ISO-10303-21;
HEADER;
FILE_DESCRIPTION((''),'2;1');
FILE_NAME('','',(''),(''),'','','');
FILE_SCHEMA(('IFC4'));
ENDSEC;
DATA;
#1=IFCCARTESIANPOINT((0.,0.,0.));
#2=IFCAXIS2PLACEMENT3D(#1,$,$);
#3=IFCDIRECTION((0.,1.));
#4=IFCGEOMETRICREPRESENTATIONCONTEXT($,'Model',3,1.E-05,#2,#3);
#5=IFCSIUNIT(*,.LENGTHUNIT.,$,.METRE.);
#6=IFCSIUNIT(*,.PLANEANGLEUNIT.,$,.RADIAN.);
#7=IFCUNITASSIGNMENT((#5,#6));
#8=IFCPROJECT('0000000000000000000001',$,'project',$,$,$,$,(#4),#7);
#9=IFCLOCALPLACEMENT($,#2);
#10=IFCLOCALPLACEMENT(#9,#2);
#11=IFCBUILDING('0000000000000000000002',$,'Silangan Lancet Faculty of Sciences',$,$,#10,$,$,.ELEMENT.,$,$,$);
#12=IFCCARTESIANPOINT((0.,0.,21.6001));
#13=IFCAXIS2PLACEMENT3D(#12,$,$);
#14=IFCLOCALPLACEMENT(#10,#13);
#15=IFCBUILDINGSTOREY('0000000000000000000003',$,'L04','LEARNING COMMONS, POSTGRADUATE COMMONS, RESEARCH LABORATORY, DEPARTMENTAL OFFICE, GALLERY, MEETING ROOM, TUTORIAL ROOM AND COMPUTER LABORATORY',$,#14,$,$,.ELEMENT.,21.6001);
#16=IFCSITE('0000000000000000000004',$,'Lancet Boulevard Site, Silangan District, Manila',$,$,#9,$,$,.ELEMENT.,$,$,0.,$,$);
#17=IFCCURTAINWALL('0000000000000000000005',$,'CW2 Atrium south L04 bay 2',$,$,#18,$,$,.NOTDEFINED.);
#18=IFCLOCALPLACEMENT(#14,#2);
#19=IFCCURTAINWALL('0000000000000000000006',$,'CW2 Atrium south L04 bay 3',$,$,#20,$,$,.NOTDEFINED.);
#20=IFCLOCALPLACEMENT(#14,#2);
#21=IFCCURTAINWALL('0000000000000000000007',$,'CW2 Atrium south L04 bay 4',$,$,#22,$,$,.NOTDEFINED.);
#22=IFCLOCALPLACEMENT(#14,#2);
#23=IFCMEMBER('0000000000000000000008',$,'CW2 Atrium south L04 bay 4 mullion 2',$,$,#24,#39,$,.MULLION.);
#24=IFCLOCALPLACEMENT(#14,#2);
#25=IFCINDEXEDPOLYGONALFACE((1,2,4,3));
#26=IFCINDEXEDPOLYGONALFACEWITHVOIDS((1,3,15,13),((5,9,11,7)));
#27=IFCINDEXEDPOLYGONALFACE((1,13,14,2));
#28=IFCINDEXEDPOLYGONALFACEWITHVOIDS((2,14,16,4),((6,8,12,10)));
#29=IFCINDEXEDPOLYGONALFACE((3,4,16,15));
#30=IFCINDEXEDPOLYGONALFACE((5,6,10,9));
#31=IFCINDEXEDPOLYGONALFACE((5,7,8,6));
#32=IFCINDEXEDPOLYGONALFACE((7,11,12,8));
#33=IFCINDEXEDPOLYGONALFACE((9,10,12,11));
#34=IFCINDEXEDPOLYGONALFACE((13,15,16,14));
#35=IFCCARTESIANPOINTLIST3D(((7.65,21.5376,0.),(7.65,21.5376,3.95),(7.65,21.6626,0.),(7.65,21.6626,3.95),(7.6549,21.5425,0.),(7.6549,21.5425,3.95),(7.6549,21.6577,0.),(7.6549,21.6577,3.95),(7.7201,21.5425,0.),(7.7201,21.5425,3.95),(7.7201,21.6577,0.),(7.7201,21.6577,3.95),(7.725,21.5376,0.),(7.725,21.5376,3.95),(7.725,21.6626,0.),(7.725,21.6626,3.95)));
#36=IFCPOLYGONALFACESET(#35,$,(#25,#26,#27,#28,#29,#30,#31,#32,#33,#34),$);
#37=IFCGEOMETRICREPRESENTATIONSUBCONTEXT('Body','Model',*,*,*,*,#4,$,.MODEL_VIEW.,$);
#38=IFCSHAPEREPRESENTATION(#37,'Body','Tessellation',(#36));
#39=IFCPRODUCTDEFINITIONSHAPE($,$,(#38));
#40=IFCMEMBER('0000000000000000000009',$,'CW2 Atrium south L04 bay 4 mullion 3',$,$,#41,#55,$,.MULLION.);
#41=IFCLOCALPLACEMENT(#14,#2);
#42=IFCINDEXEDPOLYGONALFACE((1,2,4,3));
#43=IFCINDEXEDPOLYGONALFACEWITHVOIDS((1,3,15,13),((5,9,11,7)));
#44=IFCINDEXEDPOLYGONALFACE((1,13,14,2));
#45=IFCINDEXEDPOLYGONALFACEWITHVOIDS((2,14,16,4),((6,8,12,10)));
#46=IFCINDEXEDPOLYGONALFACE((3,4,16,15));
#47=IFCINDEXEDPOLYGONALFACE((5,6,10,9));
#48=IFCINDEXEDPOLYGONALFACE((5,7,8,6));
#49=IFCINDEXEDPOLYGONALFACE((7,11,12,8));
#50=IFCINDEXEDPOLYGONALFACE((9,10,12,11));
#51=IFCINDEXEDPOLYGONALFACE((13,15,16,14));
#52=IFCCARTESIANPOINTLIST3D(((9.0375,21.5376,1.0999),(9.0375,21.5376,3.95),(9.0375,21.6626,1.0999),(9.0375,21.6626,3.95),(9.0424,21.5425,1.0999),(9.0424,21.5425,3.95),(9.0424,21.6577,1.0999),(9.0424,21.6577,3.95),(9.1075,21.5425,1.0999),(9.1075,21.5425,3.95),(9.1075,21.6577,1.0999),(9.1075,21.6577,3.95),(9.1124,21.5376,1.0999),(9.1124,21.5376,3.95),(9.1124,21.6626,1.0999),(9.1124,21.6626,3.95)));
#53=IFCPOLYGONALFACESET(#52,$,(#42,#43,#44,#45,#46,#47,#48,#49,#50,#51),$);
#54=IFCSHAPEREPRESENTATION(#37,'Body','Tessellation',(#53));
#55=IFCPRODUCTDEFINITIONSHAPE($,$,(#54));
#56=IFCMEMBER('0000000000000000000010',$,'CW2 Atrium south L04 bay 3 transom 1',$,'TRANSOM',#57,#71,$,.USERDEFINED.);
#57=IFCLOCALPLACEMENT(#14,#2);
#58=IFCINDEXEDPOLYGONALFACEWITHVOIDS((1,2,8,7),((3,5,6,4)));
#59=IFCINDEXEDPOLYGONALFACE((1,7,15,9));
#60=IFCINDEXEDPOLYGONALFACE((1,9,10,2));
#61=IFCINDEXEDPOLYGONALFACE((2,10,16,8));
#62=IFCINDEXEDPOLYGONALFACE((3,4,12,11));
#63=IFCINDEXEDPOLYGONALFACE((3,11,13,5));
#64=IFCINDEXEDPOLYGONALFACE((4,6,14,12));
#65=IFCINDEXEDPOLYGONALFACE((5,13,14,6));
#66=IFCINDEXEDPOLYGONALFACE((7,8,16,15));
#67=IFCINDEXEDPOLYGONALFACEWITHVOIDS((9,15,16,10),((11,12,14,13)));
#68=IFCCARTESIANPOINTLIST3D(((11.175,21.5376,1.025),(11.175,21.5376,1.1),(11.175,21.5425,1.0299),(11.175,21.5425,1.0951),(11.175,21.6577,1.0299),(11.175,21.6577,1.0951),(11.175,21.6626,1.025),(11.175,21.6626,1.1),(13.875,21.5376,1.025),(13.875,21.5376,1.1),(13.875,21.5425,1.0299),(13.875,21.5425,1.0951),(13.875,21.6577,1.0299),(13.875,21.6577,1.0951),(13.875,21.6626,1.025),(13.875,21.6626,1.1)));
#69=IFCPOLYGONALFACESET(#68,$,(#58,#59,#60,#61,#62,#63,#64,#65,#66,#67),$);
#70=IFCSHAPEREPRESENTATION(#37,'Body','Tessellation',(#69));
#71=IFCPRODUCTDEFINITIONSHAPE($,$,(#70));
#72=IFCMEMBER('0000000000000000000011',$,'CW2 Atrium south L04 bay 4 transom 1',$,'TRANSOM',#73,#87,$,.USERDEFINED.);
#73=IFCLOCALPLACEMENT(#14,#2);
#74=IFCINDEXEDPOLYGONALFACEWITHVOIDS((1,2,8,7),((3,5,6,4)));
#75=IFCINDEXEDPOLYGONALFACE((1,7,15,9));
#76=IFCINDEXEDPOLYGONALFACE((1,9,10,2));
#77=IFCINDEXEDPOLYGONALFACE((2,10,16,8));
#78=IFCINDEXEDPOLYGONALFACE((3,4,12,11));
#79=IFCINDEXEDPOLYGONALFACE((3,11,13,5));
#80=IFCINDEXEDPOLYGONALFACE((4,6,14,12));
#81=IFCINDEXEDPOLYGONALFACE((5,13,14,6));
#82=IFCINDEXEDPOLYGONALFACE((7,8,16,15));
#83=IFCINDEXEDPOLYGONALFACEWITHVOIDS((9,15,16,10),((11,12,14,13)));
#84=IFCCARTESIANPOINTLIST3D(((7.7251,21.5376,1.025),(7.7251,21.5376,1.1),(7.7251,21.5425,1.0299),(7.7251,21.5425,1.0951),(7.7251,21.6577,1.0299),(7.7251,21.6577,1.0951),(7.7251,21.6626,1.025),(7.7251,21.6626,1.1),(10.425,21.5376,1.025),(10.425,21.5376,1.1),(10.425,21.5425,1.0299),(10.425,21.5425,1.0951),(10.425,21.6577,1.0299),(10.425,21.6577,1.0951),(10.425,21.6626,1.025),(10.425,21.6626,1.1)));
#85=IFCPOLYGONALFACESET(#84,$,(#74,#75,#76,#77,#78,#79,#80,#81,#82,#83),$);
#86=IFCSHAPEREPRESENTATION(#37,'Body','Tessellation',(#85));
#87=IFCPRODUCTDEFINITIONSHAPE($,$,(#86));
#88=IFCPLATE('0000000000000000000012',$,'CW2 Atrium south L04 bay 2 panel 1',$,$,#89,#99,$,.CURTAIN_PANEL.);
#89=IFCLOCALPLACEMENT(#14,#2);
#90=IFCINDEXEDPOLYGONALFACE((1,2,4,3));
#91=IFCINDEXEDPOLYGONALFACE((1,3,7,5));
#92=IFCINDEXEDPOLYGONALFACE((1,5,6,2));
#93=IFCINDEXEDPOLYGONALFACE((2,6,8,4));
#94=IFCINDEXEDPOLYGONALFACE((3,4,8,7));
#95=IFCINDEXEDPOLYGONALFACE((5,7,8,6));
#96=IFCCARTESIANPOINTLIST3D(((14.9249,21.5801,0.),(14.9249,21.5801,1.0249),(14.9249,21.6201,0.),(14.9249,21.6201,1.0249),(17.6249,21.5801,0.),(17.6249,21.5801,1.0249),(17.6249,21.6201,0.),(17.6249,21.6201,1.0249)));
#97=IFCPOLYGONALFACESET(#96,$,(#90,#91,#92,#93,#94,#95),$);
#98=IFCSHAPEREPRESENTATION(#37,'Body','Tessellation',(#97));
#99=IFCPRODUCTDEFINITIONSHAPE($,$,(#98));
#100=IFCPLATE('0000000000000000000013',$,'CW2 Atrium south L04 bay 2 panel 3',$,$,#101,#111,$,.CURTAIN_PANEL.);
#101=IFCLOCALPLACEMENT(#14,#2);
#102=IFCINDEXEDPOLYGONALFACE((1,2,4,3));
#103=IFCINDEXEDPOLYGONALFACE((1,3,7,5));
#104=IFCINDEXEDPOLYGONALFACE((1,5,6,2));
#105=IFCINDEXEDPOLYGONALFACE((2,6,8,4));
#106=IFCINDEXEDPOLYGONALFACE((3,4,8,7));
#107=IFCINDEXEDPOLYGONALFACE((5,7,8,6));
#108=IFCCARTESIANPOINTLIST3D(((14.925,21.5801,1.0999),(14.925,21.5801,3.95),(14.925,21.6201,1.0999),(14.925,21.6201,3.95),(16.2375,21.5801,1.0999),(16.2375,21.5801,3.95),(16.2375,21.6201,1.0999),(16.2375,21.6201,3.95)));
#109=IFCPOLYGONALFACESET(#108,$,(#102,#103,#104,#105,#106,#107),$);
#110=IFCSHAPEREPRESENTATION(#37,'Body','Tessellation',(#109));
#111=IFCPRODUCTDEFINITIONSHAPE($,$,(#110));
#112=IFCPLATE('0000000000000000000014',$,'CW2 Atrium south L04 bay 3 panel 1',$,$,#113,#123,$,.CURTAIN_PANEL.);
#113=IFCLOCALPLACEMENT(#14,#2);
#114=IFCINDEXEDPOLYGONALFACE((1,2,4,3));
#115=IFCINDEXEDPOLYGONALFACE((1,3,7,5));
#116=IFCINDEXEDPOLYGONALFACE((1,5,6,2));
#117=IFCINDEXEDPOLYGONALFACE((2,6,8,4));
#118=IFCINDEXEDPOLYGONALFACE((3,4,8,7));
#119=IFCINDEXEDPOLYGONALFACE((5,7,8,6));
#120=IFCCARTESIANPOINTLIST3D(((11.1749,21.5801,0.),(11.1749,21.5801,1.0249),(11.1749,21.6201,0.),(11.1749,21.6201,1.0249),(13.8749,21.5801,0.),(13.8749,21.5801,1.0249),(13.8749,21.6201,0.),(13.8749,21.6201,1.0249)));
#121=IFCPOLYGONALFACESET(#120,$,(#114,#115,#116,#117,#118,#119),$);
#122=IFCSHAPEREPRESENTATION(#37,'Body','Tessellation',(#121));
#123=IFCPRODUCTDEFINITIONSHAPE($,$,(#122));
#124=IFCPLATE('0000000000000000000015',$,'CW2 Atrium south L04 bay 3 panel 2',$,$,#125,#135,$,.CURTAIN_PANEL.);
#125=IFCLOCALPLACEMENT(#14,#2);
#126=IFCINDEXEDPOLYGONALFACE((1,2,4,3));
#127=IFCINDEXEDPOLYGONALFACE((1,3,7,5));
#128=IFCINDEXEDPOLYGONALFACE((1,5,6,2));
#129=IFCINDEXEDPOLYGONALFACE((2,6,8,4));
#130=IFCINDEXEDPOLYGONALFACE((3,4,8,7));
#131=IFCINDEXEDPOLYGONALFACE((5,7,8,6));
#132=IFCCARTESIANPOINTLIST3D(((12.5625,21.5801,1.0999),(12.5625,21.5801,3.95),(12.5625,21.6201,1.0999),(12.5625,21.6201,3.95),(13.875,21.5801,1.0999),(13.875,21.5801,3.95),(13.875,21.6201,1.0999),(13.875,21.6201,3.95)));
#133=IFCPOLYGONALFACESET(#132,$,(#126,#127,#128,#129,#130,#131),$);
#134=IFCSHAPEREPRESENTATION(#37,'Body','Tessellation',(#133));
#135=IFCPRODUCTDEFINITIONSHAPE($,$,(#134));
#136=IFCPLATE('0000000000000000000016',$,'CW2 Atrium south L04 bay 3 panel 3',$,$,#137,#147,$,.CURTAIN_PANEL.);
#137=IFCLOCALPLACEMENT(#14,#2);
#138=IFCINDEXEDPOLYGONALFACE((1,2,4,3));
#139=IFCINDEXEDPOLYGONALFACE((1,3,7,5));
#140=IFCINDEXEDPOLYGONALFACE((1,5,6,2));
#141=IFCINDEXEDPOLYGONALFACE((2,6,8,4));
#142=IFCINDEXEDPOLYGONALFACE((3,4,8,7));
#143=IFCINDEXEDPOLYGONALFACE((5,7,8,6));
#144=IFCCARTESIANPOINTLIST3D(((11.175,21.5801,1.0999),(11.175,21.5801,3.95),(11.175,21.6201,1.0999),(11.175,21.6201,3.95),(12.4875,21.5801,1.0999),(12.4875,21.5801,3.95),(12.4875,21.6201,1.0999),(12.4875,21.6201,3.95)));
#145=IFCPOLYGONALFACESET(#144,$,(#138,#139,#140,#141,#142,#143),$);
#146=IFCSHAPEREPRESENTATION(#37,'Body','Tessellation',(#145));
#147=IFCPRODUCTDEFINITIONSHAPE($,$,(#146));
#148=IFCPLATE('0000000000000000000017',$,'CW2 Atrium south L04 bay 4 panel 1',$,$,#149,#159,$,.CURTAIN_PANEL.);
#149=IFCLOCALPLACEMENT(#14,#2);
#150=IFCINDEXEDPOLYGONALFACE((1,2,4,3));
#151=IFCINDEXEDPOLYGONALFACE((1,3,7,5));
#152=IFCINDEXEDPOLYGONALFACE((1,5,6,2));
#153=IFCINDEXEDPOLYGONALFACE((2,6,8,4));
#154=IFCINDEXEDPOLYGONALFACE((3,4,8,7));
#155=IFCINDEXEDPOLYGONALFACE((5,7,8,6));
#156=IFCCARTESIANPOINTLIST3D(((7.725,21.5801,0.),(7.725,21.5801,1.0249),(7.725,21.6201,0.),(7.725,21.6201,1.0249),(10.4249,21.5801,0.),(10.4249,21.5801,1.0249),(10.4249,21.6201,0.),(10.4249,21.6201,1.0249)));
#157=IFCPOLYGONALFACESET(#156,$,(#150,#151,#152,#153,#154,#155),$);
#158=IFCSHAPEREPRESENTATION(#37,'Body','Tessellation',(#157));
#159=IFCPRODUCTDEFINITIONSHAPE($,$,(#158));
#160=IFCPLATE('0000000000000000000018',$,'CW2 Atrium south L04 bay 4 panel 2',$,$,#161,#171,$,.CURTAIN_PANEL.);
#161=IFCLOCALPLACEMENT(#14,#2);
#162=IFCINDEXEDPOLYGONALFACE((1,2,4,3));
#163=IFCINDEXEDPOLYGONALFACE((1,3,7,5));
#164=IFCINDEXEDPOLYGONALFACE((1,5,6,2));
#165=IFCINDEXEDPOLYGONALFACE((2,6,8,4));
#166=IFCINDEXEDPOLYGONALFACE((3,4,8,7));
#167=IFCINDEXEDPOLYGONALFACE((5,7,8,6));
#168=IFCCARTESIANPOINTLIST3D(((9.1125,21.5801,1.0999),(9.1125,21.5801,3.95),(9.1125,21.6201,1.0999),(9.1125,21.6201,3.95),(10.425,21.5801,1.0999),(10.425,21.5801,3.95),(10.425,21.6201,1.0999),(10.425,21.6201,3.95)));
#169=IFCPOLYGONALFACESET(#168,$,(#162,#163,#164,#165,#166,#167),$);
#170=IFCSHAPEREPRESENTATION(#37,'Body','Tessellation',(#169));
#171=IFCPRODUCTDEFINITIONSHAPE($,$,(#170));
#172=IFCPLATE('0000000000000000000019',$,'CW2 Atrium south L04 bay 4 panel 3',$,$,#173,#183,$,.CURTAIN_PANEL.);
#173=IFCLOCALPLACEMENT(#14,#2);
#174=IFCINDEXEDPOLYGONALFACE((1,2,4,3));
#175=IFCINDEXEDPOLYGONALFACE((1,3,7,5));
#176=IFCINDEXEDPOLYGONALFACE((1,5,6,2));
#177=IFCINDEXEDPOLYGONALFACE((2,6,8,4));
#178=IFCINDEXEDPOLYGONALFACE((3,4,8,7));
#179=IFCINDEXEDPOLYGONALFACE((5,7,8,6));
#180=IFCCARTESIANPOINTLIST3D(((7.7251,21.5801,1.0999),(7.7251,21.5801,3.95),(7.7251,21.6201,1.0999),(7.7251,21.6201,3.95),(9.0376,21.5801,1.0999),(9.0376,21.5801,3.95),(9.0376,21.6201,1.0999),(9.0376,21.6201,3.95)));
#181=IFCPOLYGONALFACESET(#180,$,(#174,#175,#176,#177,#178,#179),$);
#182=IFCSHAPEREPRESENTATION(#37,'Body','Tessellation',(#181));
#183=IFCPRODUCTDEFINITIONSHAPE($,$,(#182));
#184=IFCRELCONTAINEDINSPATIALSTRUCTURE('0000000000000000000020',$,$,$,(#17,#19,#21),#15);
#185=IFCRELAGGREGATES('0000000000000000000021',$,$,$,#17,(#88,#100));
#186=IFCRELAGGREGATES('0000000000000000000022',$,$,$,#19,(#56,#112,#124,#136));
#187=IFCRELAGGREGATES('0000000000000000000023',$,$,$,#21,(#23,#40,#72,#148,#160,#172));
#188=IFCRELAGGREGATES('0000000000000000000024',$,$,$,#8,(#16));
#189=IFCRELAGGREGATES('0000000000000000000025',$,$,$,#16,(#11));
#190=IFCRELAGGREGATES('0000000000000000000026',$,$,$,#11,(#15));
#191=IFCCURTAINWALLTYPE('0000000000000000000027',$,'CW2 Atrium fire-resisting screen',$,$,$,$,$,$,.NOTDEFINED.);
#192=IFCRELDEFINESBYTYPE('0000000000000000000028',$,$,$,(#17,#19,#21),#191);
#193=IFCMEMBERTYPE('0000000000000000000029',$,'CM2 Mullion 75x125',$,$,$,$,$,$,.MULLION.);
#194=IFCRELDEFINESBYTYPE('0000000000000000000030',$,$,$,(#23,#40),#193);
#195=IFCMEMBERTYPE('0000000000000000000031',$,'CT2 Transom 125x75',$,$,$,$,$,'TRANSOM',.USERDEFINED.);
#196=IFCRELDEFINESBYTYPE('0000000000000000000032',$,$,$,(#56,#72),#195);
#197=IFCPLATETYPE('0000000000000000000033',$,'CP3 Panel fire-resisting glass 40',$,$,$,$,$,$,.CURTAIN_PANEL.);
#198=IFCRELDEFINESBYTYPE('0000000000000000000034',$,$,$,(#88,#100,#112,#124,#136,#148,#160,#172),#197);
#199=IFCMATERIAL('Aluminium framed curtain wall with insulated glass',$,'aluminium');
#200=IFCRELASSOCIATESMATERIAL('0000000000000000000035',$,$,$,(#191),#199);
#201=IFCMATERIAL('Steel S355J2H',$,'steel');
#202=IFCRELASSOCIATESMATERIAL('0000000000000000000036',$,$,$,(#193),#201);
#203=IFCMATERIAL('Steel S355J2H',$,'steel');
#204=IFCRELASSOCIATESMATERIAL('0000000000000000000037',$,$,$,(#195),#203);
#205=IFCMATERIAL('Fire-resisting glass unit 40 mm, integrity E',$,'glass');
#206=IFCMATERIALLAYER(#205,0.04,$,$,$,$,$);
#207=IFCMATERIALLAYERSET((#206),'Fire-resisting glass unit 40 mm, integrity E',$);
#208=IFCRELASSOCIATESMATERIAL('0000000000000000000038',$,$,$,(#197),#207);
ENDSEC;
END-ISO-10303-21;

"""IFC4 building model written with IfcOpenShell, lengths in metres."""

from ifc_helpers import new_model, si_unit, direction, frame, origin, origin_2d, place, context, subcontext, project, spatial, rectangle, hollow_rectangle, extrude, material, layer, layer_set, material_profile, profile_set, type_object, element, aggregate, save


model = new_model("IFC4")

# Units and contexts
model_context = context("Model", 3, precision=1e-05, world=origin(), true_north=direction((0.0, 1.0)))
body_context = subcontext(model_context, "Body", "Model", "MODEL_VIEW")
ifc_project = project(units=[si_unit("LENGTHUNIT", "METRE"), si_unit("PLANEANGLEUNIT", "RADIAN")], contexts=[model_context])

# Site, building, storey
site_placement = place(None, origin())
site = spatial("IfcSite", under=ifc_project, at=site_placement, Name="Lancet Boulevard Site, Silangan District, Manila", CompositionType="ELEMENT", RefElevation=0.0)
building_placement = place(site_placement, origin())
building = spatial("IfcBuilding", under=site, at=building_placement, Name="Silangan Lancet Faculty of Sciences", CompositionType="ELEMENT")
storey_placement = place(building_placement, frame((0.0, 0.0, 21.6001)))
storey = spatial("IfcBuildingStorey", under=building, at=storey_placement, Name="L04", Description="LEARNING COMMONS, POSTGRADUATE COMMONS, RESEARCH LABORATORY, DEPARTMENTAL OFFICE, GALLERY, MEETING ROOM, TUTORIAL ROOM AND COMPUTER LABORATORY", CompositionType="ELEMENT", Elevation=21.6001)

# Curtain walls, members
ifc_material_1 = material(Name="Aluminium framed curtain wall with insulated glass", Category="aluminium")
curtain_wall_type = type_object("IfcCurtainWallType", Name="CW2 Atrium fire-resisting screen", PredefinedType="NOTDEFINED", material=ifc_material_1)
curtain_wall_1_placement = place(storey_placement, origin())
curtain_wall_1 = element("IfcCurtainWall", 1, at=curtain_wall_1_placement, inside=storey, type_object=curtain_wall_type, Name="CW2 Atrium south L04 bay 2", PredefinedType="NOTDEFINED")
ifc_material_2 = material(Name="Steel S355J2H", Category="steel")
ifc_material_profile_1 = material_profile(ifc_material_2, hollow_rectangle(XDim=0.075, YDim=0.125, WallThickness=0.0049, at=origin_2d()), Name="ST BOX 75x125x5")
ifc_profile_set_1 = profile_set([ifc_material_profile_1], Name="Steel S355J2H")
member_type_1 = type_object("IfcMemberType", Name="CM2 Mullion 75x125", PredefinedType="MULLION", material=ifc_profile_set_1)
curtain_wall_2_placement = place(storey_placement, origin())
curtain_wall_2 = element("IfcCurtainWall", 2, at=curtain_wall_2_placement, inside=storey, type_object=curtain_wall_type, Name="CW2 Atrium south L04 bay 3", PredefinedType="NOTDEFINED")
curtain_wall_3_placement = place(storey_placement, origin())
curtain_wall_3 = element("IfcCurtainWall", 3, at=curtain_wall_3_placement, inside=storey, type_object=curtain_wall_type, Name="CW2 Atrium south L04 bay 4", PredefinedType="NOTDEFINED")
member_1_placement = place(storey_placement, frame((7.6875, 21.6001, 0.0), z_axis=(0.0, 0.0, 1.0), x_axis=(-1.0, 0.0, 0.0)))
member_1 = element("IfcMember", 4, at=member_1_placement, type_object=member_type_1, Name="CW2 Atrium south L04 bay 4 mullion 2", PredefinedType="MULLION", context=body_context, shape_type="SweptSolid", body=[
    extrude(hollow_rectangle(XDim=0.075, YDim=0.125, WallThickness=0.0049, at=origin_2d()), origin(), (0.0, 0.0, 1.0), 3.95),
])
member_2_placement = place(storey_placement, frame((9.075, 21.6001, 1.0999), z_axis=(0.0, 0.0, 1.0), x_axis=(-1.0, 0.0, 0.0)))
member_2 = element("IfcMember", 5, at=member_2_placement, type_object=member_type_1, Name="CW2 Atrium south L04 bay 4 mullion 3", PredefinedType="MULLION", context=body_context, shape_type="SweptSolid", body=[
    extrude(hollow_rectangle(XDim=0.075, YDim=0.125, WallThickness=0.0049, at=origin_2d()), origin(), (0.0, 0.0, 1.0), 2.8501),
])

# Members
ifc_material_3 = material(Name="Steel S355J2H", Category="steel")
ifc_material_profile_2 = material_profile(ifc_material_3, hollow_rectangle(XDim=0.125, YDim=0.075, WallThickness=0.0049, at=origin_2d()), Name="ST BOX 125x75x5")
ifc_profile_set_2 = profile_set([ifc_material_profile_2], Name="Steel S355J2H")
member_type_2 = type_object("IfcMemberType", Name="CT2 Transom 125x75", ElementType="TRANSOM", PredefinedType="USERDEFINED", material=ifc_profile_set_2)
member_3_placement = place(storey_placement, frame((13.875, 21.6001, 1.0625), z_axis=(-1.0, 0.0, 0.0), x_axis=(0.0, -1.0, 0.0)))
member_3 = element("IfcMember", 6, at=member_3_placement, type_object=member_type_2, Name="CW2 Atrium south L04 bay 3 transom 1", ObjectType="TRANSOM", PredefinedType="USERDEFINED", context=body_context, shape_type="SweptSolid", body=[
    extrude(hollow_rectangle(XDim=0.125, YDim=0.075, WallThickness=0.0049, at=origin_2d()), origin(), (0.0, 0.0, 1.0), 2.7),
])
member_4_placement = place(storey_placement, frame((10.425, 21.6001, 1.0625), z_axis=(-1.0, 0.0, 0.0), x_axis=(0.0, -1.0, 0.0)))
member_4 = element("IfcMember", 7, at=member_4_placement, type_object=member_type_2, Name="CW2 Atrium south L04 bay 4 transom 1", ObjectType="TRANSOM", PredefinedType="USERDEFINED", context=body_context, shape_type="SweptSolid", body=[
    extrude(hollow_rectangle(XDim=0.125, YDim=0.075, WallThickness=0.0049, at=origin_2d()), origin(), (0.0, 0.0, 1.0), 2.7),
])

# Plates
ifc_material_4 = material(Name="Fire-resisting glass unit 40 mm, integrity E", Category="glass")
ifc_layer_1 = layer(ifc_material_4, 0.04)
ifc_layer_set_1 = layer_set([ifc_layer_1], Name="Fire-resisting glass unit 40 mm, integrity E")
plate_type = type_object("IfcPlateType", Name="CP3 Panel fire-resisting glass 40", PredefinedType="CURTAIN_PANEL", material=ifc_layer_set_1)
plate_1_placement = place(storey_placement, frame((16.2749, 21.6001, 0.0), z_axis=(0.0, 0.0, 1.0), x_axis=(-1.0, 0.0, 0.0)))
plate_1 = element("IfcPlate", 8, at=plate_1_placement, type_object=plate_type, Name="CW2 Atrium south L04 bay 2 panel 1", PredefinedType="CURTAIN_PANEL", context=body_context, shape_type="SweptSolid", body=[
    extrude(rectangle(XDim=2.7, YDim=0.04, at=origin_2d()), origin(), (0.0, 0.0, 1.0), 1.0249),
])
plate_2_placement = place(storey_placement, frame((15.5813, 21.6001, 1.0999), z_axis=(0.0, 0.0, 1.0), x_axis=(-1.0, 0.0, 0.0)))
plate_2 = element("IfcPlate", 9, at=plate_2_placement, type_object=plate_type, Name="CW2 Atrium south L04 bay 2 panel 3", PredefinedType="CURTAIN_PANEL", context=body_context, shape_type="SweptSolid", body=[
    extrude(rectangle(XDim=1.3125, YDim=0.04, at=origin_2d()), origin(), (0.0, 0.0, 1.0), 2.8501),
])
aggregate(curtain_wall_1, [plate_1, plate_2])
plate_3_placement = place(storey_placement, frame((12.5249, 21.6001, 0.0), z_axis=(0.0, 0.0, 1.0), x_axis=(-1.0, 0.0, 0.0)))
plate_3 = element("IfcPlate", 10, at=plate_3_placement, type_object=plate_type, Name="CW2 Atrium south L04 bay 3 panel 1", PredefinedType="CURTAIN_PANEL", context=body_context, shape_type="SweptSolid", body=[
    extrude(rectangle(XDim=2.7, YDim=0.04, at=origin_2d()), origin(), (0.0, 0.0, 1.0), 1.0249),
])
plate_4_placement = place(storey_placement, frame((13.2188, 21.6001, 1.0999), z_axis=(0.0, 0.0, 1.0), x_axis=(-1.0, 0.0, 0.0)))
plate_4 = element("IfcPlate", 11, at=plate_4_placement, type_object=plate_type, Name="CW2 Atrium south L04 bay 3 panel 2", PredefinedType="CURTAIN_PANEL", context=body_context, shape_type="SweptSolid", body=[
    extrude(rectangle(XDim=1.3125, YDim=0.04, at=origin_2d()), origin(), (0.0, 0.0, 1.0), 2.8501),
])
plate_5_placement = place(storey_placement, frame((11.8313, 21.6001, 1.0999), z_axis=(0.0, 0.0, 1.0), x_axis=(-1.0, 0.0, 0.0)))
plate_5 = element("IfcPlate", 12, at=plate_5_placement, type_object=plate_type, Name="CW2 Atrium south L04 bay 3 panel 3", PredefinedType="CURTAIN_PANEL", context=body_context, shape_type="SweptSolid", body=[
    extrude(rectangle(XDim=1.3125, YDim=0.04, at=origin_2d()), origin(), (0.0, 0.0, 1.0), 2.8501),
])
aggregate(curtain_wall_2, [member_3, plate_3, plate_4, plate_5])
plate_6_placement = place(storey_placement, frame((9.075, 21.6001, 0.0), z_axis=(0.0, 0.0, 1.0), x_axis=(-1.0, 0.0, 0.0)))
plate_6 = element("IfcPlate", 13, at=plate_6_placement, type_object=plate_type, Name="CW2 Atrium south L04 bay 4 panel 1", PredefinedType="CURTAIN_PANEL", context=body_context, shape_type="SweptSolid", body=[
    extrude(rectangle(XDim=2.7, YDim=0.04, at=origin_2d()), origin(), (0.0, 0.0, 1.0), 1.0249),
])
plate_7_placement = place(storey_placement, frame((9.7688, 21.6001, 1.0999), z_axis=(0.0, 0.0, 1.0), x_axis=(-1.0, 0.0, 0.0)))
plate_7 = element("IfcPlate", 14, at=plate_7_placement, type_object=plate_type, Name="CW2 Atrium south L04 bay 4 panel 2", PredefinedType="CURTAIN_PANEL", context=body_context, shape_type="SweptSolid", body=[
    extrude(rectangle(XDim=1.3125, YDim=0.04, at=origin_2d()), origin(), (0.0, 0.0, 1.0), 2.8501),
])
plate_8_placement = place(storey_placement, frame((8.3813, 21.6001, 1.0999), z_axis=(0.0, 0.0, 1.0), x_axis=(-1.0, 0.0, 0.0)))
plate_8 = element("IfcPlate", 15, at=plate_8_placement, type_object=plate_type, Name="CW2 Atrium south L04 bay 4 panel 3", PredefinedType="CURTAIN_PANEL", context=body_context, shape_type="SweptSolid", body=[
    extrude(rectangle(XDim=1.3125, YDim=0.04, at=origin_2d()), origin(), (0.0, 0.0, 1.0), 2.8501),
])
aggregate(curtain_wall_3, [member_1, member_2, member_4, plate_6, plate_7, plate_8])

save(model, "model.ifc")
